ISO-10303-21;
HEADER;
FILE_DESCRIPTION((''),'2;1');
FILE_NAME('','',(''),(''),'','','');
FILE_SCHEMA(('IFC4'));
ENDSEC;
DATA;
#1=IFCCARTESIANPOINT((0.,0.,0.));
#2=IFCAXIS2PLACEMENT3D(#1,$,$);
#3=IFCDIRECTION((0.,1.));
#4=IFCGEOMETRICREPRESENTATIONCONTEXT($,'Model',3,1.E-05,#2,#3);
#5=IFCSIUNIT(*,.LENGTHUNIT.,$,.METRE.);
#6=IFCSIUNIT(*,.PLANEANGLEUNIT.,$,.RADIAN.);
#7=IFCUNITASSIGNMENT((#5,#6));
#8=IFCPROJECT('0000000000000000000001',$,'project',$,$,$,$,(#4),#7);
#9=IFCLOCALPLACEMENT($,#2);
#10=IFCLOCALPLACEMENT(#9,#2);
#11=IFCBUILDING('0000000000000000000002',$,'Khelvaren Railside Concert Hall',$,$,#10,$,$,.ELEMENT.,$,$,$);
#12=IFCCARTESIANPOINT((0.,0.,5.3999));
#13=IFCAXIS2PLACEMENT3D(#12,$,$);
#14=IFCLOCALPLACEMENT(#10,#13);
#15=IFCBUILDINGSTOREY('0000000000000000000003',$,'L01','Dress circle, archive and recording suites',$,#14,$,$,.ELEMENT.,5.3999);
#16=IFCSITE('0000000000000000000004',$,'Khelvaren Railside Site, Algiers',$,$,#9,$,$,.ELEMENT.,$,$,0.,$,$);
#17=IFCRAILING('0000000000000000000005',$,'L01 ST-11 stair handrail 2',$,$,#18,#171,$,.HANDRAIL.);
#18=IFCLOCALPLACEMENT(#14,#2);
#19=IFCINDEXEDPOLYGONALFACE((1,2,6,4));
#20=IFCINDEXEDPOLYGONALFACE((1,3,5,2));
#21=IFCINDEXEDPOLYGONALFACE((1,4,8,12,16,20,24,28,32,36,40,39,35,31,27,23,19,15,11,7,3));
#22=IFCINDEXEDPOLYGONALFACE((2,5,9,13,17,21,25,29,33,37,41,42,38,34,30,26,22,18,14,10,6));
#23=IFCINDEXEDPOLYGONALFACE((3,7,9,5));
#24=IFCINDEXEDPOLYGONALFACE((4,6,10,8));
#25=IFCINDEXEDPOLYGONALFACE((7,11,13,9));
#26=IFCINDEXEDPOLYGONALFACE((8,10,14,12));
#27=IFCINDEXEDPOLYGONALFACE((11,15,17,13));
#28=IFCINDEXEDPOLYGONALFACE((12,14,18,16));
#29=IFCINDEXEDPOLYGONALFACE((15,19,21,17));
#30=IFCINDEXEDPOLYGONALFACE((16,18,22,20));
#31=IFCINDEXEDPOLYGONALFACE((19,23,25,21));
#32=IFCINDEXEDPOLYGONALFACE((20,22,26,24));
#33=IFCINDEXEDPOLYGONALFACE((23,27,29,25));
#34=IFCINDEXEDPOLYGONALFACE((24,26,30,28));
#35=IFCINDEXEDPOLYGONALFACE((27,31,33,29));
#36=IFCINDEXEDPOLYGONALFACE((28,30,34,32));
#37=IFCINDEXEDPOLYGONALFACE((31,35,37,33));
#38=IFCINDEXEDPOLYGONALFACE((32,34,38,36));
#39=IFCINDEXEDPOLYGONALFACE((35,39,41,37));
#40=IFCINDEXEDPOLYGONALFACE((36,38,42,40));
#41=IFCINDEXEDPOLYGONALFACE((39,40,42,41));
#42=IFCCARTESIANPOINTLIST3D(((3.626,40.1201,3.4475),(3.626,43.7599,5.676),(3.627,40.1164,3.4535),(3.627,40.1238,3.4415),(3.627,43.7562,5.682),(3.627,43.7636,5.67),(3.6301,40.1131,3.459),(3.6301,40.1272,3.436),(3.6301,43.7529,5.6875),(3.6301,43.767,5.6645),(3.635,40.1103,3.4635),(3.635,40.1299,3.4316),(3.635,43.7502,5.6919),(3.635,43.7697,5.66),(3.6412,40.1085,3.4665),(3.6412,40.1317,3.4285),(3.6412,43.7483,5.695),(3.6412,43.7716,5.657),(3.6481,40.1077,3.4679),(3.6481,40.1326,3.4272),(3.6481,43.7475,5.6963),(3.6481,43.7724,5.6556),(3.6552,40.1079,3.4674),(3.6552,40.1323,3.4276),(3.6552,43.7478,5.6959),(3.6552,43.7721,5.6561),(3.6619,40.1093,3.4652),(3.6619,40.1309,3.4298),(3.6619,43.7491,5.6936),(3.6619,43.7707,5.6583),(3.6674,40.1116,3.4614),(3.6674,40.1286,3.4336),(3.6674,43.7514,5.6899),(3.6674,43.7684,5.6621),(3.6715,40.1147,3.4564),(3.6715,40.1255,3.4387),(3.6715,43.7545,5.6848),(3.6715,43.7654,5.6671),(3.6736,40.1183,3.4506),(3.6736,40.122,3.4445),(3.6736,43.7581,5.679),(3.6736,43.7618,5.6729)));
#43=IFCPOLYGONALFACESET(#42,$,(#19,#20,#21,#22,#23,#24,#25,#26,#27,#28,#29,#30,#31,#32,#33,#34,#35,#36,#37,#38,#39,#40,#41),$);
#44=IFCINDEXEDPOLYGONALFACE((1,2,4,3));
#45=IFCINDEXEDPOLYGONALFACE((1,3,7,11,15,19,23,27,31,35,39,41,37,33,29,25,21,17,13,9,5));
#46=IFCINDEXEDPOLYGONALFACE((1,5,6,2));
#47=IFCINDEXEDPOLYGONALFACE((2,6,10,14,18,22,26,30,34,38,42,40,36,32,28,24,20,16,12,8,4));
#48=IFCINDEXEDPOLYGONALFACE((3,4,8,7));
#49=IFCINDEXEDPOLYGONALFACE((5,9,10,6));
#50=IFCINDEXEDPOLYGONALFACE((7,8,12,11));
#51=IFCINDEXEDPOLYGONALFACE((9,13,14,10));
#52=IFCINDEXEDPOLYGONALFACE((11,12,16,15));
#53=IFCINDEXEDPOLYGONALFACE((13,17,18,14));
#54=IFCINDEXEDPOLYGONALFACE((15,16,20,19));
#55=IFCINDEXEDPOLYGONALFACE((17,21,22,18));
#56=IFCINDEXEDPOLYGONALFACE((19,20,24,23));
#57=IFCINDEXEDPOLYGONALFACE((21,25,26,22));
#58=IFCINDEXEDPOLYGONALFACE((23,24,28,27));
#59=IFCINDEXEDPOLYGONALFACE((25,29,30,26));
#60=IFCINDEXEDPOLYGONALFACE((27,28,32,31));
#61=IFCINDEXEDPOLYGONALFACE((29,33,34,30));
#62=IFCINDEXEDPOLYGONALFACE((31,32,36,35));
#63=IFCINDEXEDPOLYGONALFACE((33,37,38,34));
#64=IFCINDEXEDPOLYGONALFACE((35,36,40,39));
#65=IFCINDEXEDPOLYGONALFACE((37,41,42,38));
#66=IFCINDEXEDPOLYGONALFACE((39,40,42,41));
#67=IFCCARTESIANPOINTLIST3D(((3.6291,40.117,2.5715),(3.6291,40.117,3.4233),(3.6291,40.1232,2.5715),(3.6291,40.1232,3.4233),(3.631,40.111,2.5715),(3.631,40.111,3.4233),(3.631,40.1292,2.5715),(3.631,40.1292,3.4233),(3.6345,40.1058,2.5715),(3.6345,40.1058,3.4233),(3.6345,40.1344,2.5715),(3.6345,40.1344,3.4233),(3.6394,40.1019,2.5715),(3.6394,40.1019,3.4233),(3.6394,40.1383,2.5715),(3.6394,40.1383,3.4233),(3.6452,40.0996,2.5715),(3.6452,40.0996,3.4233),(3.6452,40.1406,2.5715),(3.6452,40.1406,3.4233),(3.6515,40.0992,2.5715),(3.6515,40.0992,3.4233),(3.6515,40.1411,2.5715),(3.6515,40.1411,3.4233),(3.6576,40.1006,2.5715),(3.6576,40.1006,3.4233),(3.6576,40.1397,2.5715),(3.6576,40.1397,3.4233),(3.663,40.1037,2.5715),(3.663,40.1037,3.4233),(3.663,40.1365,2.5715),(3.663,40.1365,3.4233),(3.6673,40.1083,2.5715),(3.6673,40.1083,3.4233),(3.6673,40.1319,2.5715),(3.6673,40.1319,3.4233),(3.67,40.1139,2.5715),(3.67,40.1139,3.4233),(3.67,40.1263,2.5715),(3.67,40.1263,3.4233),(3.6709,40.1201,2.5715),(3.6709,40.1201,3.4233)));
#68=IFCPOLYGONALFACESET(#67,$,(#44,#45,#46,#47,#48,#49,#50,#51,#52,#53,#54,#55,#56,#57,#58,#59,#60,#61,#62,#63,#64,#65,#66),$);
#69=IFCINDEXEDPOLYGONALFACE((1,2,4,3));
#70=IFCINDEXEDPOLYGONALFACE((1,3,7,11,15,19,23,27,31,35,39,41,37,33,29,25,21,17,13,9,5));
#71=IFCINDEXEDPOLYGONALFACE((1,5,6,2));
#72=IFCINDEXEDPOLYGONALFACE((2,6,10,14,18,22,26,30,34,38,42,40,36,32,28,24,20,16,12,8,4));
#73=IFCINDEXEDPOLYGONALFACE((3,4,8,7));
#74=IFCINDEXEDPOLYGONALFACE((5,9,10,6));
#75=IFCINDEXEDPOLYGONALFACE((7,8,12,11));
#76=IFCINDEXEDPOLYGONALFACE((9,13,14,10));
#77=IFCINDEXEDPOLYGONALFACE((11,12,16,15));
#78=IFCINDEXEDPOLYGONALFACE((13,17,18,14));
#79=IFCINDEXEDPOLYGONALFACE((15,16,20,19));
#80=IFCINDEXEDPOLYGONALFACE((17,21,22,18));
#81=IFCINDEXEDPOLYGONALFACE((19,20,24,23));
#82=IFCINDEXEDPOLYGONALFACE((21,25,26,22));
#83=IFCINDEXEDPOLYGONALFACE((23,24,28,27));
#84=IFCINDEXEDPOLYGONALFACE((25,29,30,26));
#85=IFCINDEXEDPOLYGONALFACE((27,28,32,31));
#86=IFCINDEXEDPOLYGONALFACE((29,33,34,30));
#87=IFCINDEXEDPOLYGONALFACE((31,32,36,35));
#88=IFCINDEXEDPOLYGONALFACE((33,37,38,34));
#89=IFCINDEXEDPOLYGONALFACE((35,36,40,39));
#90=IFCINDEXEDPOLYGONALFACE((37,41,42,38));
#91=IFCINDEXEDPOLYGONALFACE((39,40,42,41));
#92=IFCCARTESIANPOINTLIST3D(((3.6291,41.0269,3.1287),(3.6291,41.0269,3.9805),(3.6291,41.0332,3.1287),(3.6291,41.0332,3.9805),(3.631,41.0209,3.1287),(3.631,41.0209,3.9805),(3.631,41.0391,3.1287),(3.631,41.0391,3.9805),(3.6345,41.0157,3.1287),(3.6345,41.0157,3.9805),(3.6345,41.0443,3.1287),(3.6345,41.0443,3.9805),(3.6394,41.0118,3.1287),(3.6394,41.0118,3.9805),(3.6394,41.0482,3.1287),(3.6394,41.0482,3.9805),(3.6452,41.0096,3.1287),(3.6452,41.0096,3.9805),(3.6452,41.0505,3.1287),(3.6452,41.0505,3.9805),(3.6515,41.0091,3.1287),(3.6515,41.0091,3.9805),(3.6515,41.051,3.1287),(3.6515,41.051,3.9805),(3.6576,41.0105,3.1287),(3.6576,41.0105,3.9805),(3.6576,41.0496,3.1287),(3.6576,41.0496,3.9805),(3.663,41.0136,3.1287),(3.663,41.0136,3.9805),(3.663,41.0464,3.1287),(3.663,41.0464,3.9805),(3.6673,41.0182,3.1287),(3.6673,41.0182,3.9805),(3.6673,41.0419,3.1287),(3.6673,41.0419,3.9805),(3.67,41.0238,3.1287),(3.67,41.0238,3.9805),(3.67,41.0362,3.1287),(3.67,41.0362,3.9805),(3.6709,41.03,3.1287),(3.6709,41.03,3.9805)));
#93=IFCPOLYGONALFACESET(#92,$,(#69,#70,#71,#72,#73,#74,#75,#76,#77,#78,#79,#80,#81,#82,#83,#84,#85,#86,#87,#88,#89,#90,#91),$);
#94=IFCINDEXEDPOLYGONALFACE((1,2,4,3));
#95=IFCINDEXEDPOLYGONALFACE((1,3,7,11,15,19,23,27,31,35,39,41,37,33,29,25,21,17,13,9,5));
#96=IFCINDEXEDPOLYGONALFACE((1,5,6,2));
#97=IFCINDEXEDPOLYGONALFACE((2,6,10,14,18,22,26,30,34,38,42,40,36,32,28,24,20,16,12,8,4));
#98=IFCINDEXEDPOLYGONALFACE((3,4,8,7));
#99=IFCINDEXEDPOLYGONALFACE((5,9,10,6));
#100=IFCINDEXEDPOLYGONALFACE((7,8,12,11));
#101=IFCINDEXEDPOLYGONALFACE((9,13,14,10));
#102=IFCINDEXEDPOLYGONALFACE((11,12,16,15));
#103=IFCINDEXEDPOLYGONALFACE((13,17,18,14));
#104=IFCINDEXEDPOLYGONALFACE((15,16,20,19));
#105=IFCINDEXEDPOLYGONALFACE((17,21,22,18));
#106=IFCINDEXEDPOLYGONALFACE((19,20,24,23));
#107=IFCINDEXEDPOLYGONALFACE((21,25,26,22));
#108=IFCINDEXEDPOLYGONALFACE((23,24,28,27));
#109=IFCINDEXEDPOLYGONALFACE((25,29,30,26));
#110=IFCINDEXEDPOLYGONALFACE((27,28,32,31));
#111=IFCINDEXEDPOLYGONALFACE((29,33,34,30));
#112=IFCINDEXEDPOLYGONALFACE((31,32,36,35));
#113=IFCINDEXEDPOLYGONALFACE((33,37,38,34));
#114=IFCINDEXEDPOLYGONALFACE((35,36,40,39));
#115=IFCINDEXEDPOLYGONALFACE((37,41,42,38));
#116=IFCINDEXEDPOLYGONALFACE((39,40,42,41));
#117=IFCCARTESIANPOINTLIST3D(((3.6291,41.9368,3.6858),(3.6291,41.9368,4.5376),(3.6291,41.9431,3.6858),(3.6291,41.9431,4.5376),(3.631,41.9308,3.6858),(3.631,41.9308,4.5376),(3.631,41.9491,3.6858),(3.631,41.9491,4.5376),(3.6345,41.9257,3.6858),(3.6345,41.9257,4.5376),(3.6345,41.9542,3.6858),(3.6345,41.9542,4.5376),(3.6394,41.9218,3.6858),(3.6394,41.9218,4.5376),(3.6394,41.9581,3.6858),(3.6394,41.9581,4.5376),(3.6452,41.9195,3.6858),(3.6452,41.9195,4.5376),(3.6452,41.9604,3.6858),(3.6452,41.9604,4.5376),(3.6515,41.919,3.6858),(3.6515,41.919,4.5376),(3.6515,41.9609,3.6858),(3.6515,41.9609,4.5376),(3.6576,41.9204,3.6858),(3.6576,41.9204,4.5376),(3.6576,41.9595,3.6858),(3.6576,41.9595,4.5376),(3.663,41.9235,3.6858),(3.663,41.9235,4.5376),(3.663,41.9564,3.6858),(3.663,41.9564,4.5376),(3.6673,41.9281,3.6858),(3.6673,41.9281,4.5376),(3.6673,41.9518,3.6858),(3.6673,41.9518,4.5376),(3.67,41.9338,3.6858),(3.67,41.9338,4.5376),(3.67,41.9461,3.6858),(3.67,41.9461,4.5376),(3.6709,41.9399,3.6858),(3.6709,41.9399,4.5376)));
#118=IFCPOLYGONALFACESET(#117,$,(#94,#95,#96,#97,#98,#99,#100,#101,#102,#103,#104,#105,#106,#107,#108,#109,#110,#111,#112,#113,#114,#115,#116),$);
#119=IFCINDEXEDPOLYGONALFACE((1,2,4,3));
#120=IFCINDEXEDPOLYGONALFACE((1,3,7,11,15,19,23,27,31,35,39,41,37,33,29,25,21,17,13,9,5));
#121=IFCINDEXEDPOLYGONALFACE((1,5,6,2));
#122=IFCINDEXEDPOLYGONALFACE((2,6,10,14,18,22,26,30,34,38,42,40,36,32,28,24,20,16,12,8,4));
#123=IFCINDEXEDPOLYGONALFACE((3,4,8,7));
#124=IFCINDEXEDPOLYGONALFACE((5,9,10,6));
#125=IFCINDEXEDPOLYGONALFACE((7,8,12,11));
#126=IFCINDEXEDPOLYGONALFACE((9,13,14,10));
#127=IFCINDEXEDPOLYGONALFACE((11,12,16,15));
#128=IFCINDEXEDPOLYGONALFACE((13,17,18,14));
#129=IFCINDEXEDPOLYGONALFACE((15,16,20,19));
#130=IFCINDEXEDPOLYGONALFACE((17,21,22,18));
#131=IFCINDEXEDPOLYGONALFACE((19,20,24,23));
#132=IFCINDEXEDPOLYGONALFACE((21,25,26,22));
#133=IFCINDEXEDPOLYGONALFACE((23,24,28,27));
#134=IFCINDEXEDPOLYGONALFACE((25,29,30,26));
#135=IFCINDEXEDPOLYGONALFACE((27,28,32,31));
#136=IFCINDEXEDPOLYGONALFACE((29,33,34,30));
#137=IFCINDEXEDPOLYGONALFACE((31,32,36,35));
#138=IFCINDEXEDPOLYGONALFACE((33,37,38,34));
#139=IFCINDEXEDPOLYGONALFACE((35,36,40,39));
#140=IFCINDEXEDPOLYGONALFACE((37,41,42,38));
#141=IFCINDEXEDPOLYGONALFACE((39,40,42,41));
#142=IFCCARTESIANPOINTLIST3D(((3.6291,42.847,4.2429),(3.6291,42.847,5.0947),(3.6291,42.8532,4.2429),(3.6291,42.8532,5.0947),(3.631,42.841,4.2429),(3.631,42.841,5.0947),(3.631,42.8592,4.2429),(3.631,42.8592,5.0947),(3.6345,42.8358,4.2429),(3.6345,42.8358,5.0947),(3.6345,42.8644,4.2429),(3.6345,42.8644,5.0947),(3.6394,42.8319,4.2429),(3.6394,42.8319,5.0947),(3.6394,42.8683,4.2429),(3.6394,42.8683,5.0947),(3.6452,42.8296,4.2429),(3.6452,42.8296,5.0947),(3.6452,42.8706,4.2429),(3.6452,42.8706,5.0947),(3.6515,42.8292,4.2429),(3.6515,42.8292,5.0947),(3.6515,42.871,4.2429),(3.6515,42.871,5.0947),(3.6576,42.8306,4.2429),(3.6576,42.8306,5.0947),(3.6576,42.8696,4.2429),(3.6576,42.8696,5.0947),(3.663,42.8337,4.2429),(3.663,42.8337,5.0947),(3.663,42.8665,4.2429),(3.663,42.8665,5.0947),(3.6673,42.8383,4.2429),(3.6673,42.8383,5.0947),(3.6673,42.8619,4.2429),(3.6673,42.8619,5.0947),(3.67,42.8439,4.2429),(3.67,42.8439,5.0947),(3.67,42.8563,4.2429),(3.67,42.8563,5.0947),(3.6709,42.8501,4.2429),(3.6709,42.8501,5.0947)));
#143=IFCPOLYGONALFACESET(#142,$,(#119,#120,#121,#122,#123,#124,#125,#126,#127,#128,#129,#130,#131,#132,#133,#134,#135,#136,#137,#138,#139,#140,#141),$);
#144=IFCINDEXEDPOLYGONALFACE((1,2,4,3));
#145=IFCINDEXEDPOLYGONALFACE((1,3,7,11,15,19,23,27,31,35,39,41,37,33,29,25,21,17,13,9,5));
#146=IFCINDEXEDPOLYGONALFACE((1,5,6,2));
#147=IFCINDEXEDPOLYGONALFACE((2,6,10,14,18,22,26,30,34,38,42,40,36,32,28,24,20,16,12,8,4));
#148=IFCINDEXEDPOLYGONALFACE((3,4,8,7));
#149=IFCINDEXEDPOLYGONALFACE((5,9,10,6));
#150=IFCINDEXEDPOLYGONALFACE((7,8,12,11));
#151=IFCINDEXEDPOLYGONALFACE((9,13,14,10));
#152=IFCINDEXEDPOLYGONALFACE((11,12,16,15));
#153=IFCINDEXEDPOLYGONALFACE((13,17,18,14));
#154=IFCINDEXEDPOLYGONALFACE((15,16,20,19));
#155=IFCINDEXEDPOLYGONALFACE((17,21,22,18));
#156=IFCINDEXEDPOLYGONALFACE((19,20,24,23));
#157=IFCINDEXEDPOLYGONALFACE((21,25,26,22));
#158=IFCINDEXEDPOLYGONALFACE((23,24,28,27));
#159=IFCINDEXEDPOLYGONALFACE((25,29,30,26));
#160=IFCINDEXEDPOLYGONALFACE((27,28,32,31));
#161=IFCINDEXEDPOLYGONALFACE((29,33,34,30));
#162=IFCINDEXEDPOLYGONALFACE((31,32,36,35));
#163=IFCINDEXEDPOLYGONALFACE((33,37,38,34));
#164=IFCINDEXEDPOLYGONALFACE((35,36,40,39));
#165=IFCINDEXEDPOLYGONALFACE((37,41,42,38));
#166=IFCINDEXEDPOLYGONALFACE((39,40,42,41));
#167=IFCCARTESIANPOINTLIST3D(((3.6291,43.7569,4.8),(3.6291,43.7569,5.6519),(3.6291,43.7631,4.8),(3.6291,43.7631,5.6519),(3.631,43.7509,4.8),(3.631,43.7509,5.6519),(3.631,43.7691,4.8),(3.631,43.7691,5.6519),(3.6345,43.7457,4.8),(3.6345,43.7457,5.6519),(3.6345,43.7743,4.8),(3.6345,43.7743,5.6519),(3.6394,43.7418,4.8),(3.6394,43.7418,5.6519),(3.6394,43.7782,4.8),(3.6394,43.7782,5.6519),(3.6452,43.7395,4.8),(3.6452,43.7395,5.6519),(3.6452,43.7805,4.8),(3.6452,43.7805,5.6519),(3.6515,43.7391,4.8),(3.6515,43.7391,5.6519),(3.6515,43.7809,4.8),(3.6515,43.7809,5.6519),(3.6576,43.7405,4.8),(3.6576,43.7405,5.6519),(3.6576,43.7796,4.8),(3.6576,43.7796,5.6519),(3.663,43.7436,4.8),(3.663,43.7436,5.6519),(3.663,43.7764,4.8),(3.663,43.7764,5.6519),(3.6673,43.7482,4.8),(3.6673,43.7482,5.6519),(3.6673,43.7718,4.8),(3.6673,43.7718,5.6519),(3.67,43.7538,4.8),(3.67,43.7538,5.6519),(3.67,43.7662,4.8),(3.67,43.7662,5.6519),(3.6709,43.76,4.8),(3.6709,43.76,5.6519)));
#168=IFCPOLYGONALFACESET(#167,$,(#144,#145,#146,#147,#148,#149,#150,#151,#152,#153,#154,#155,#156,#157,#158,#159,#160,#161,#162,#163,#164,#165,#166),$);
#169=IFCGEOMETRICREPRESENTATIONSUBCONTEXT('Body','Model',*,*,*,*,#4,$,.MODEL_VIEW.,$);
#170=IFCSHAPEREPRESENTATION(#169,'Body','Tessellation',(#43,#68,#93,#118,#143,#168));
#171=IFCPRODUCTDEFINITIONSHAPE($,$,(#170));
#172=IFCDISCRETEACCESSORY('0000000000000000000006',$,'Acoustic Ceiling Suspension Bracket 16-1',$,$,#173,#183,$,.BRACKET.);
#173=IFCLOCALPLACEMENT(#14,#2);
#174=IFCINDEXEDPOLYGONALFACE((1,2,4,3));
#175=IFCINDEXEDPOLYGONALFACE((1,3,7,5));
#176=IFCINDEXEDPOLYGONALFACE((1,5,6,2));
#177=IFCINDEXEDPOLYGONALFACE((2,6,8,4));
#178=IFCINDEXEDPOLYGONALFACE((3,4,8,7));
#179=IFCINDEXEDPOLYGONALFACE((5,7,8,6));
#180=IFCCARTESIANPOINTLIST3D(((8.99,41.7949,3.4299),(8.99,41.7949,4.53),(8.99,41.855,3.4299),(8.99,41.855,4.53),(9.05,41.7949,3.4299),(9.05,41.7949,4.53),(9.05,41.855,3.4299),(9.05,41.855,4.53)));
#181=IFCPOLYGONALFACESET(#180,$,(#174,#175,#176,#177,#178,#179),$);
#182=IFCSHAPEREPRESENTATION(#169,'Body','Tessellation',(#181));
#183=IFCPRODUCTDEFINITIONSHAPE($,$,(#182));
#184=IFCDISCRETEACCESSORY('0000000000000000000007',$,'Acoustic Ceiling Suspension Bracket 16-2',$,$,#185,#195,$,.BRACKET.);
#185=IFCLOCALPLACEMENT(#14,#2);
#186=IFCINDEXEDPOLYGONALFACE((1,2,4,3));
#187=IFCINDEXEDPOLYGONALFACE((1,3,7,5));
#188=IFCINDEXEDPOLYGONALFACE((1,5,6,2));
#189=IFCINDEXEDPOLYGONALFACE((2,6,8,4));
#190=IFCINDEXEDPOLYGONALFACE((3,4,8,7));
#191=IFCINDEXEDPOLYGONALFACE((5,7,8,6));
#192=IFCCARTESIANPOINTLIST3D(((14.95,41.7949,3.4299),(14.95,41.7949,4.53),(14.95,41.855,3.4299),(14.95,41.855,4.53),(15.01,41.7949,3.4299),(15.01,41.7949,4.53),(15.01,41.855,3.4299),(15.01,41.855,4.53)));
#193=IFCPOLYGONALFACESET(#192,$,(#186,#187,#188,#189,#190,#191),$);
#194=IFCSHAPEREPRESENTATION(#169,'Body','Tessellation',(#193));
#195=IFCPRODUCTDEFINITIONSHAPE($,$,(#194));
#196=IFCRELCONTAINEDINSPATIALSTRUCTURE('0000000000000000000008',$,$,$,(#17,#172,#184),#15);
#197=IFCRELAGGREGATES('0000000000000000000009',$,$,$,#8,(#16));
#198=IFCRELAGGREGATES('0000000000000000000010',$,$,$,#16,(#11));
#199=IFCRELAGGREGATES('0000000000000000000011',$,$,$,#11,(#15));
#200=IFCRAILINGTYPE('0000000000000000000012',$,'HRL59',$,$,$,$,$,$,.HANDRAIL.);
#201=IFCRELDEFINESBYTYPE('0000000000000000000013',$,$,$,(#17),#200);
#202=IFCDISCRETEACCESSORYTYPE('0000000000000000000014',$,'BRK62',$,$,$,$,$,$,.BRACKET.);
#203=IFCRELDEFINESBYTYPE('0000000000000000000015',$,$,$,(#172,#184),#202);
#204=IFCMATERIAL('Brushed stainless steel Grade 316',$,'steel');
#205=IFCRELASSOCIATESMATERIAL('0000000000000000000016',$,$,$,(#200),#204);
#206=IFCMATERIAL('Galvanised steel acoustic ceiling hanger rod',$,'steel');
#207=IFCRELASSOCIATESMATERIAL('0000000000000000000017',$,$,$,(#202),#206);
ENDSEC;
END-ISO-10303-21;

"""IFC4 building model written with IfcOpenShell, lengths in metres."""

from ifc_helpers import new_model, si_unit, direction, frame, origin, origin_2d, place, context, subcontext, project, spatial, rectangle, circle, extrude, material, type_object, element, save


model = new_model("IFC4")

# Units and contexts
model_context = context("Model", 3, precision=1e-05, world=origin(), true_north=direction((0.0, 1.0)))
body_context = subcontext(model_context, "Body", "Model", "MODEL_VIEW")
ifc_project = project(units=[si_unit("LENGTHUNIT", "METRE"), si_unit("PLANEANGLEUNIT", "RADIAN")], contexts=[model_context])

# Site, building, storey
site_placement = place(None, origin())
site = spatial("IfcSite", under=ifc_project, at=site_placement, Name="Khelvaren Railside Site, Algiers", CompositionType="ELEMENT", RefElevation=0.0)
building_placement = place(site_placement, origin())
building = spatial("IfcBuilding", under=site, at=building_placement, Name="Khelvaren Railside Concert Hall", CompositionType="ELEMENT")
storey_placement = place(building_placement, frame((0.0, 0.0, 5.3999)))
storey = spatial("IfcBuildingStorey", under=building, at=storey_placement, Name="L01", Description="Dress circle, archive and recording suites", CompositionType="ELEMENT", Elevation=5.3999)

# Railing
ifc_material_1 = material(Name="Brushed stainless steel Grade 316", Category="steel")
railing_type_1 = type_object("IfcRailingType", Name="HRL59", PredefinedType="HANDRAIL", material=ifc_material_1)
railing_1_placement = place(storey_placement, frame((3.6499, 40.1201, 2.5715)))
element("IfcRailing", 1, at=railing_1_placement, inside=storey, type_object=railing_type_1, Name="L01 ST-11 stair handrail 2", PredefinedType="HANDRAIL", context=body_context, shape_type="SweptSolid", body=[
    extrude(circle(Radius=0.0239, at=origin_2d()), frame((0.0, 0.0, 0.876), z_axis=(0.0, 0.85285, 0.522156), x_axis=(-1.0, 0.0, 0.0)), (0.0, 0.0, 1.0), 4.2678),
    extrude(circle(Radius=0.021, at=origin_2d()), origin(), (0.0, 0.0, 1.0), 0.8518),
    extrude(circle(Radius=0.021, at=origin_2d()), frame((0.0, 0.9099, 0.5571)), (0.0, 0.0, 1.0), 0.8518),
    extrude(circle(Radius=0.021, at=origin_2d()), frame((0.0, 1.8198, 1.1143)), (0.0, 0.0, 1.0), 0.8518),
    extrude(circle(Radius=0.021, at=origin_2d()), frame((0.0, 2.73, 1.6714)), (0.0, 0.0, 1.0), 0.8518),
    extrude(circle(Radius=0.021, at=origin_2d()), frame((0.0, 3.6399, 2.2285)), (0.0, 0.0, 1.0), 0.8518),
])

# Discrete accessories
ifc_material_2 = material(Name="Galvanised steel acoustic ceiling hanger rod", Category="steel")
discrete_accessory_type = type_object("IfcDiscreteAccessoryType", Name="BRK62", PredefinedType="BRACKET", material=ifc_material_2)
for number, where, z_axis, x_axis, name in (
    (2, (9.02, 41.825, 3.4299), (0.0, 0.0, 1.0), (1.0, 0.0, 0.0), "Acoustic Ceiling Suspension Bracket 16-1"),
    (3, (14.98, 41.825, 3.4299), (0.0, 0.0, 1.0), (1.0, 0.0, 0.0), "Acoustic Ceiling Suspension Bracket 16-2"),
):
    element("IfcDiscreteAccessory", number, at=place(storey_placement, frame(where, z_axis=z_axis, x_axis=x_axis)), inside=storey, type_object=discrete_accessory_type, Name=name, PredefinedType="BRACKET", context=body_context, shape_type="SweptSolid", body=[
        extrude(rectangle(XDim=0.0601, YDim=0.0601, at=origin_2d()), origin(), (0.0, 0.0, 1.0), 1.1001),
    ])

save(model, "model.ifc")
